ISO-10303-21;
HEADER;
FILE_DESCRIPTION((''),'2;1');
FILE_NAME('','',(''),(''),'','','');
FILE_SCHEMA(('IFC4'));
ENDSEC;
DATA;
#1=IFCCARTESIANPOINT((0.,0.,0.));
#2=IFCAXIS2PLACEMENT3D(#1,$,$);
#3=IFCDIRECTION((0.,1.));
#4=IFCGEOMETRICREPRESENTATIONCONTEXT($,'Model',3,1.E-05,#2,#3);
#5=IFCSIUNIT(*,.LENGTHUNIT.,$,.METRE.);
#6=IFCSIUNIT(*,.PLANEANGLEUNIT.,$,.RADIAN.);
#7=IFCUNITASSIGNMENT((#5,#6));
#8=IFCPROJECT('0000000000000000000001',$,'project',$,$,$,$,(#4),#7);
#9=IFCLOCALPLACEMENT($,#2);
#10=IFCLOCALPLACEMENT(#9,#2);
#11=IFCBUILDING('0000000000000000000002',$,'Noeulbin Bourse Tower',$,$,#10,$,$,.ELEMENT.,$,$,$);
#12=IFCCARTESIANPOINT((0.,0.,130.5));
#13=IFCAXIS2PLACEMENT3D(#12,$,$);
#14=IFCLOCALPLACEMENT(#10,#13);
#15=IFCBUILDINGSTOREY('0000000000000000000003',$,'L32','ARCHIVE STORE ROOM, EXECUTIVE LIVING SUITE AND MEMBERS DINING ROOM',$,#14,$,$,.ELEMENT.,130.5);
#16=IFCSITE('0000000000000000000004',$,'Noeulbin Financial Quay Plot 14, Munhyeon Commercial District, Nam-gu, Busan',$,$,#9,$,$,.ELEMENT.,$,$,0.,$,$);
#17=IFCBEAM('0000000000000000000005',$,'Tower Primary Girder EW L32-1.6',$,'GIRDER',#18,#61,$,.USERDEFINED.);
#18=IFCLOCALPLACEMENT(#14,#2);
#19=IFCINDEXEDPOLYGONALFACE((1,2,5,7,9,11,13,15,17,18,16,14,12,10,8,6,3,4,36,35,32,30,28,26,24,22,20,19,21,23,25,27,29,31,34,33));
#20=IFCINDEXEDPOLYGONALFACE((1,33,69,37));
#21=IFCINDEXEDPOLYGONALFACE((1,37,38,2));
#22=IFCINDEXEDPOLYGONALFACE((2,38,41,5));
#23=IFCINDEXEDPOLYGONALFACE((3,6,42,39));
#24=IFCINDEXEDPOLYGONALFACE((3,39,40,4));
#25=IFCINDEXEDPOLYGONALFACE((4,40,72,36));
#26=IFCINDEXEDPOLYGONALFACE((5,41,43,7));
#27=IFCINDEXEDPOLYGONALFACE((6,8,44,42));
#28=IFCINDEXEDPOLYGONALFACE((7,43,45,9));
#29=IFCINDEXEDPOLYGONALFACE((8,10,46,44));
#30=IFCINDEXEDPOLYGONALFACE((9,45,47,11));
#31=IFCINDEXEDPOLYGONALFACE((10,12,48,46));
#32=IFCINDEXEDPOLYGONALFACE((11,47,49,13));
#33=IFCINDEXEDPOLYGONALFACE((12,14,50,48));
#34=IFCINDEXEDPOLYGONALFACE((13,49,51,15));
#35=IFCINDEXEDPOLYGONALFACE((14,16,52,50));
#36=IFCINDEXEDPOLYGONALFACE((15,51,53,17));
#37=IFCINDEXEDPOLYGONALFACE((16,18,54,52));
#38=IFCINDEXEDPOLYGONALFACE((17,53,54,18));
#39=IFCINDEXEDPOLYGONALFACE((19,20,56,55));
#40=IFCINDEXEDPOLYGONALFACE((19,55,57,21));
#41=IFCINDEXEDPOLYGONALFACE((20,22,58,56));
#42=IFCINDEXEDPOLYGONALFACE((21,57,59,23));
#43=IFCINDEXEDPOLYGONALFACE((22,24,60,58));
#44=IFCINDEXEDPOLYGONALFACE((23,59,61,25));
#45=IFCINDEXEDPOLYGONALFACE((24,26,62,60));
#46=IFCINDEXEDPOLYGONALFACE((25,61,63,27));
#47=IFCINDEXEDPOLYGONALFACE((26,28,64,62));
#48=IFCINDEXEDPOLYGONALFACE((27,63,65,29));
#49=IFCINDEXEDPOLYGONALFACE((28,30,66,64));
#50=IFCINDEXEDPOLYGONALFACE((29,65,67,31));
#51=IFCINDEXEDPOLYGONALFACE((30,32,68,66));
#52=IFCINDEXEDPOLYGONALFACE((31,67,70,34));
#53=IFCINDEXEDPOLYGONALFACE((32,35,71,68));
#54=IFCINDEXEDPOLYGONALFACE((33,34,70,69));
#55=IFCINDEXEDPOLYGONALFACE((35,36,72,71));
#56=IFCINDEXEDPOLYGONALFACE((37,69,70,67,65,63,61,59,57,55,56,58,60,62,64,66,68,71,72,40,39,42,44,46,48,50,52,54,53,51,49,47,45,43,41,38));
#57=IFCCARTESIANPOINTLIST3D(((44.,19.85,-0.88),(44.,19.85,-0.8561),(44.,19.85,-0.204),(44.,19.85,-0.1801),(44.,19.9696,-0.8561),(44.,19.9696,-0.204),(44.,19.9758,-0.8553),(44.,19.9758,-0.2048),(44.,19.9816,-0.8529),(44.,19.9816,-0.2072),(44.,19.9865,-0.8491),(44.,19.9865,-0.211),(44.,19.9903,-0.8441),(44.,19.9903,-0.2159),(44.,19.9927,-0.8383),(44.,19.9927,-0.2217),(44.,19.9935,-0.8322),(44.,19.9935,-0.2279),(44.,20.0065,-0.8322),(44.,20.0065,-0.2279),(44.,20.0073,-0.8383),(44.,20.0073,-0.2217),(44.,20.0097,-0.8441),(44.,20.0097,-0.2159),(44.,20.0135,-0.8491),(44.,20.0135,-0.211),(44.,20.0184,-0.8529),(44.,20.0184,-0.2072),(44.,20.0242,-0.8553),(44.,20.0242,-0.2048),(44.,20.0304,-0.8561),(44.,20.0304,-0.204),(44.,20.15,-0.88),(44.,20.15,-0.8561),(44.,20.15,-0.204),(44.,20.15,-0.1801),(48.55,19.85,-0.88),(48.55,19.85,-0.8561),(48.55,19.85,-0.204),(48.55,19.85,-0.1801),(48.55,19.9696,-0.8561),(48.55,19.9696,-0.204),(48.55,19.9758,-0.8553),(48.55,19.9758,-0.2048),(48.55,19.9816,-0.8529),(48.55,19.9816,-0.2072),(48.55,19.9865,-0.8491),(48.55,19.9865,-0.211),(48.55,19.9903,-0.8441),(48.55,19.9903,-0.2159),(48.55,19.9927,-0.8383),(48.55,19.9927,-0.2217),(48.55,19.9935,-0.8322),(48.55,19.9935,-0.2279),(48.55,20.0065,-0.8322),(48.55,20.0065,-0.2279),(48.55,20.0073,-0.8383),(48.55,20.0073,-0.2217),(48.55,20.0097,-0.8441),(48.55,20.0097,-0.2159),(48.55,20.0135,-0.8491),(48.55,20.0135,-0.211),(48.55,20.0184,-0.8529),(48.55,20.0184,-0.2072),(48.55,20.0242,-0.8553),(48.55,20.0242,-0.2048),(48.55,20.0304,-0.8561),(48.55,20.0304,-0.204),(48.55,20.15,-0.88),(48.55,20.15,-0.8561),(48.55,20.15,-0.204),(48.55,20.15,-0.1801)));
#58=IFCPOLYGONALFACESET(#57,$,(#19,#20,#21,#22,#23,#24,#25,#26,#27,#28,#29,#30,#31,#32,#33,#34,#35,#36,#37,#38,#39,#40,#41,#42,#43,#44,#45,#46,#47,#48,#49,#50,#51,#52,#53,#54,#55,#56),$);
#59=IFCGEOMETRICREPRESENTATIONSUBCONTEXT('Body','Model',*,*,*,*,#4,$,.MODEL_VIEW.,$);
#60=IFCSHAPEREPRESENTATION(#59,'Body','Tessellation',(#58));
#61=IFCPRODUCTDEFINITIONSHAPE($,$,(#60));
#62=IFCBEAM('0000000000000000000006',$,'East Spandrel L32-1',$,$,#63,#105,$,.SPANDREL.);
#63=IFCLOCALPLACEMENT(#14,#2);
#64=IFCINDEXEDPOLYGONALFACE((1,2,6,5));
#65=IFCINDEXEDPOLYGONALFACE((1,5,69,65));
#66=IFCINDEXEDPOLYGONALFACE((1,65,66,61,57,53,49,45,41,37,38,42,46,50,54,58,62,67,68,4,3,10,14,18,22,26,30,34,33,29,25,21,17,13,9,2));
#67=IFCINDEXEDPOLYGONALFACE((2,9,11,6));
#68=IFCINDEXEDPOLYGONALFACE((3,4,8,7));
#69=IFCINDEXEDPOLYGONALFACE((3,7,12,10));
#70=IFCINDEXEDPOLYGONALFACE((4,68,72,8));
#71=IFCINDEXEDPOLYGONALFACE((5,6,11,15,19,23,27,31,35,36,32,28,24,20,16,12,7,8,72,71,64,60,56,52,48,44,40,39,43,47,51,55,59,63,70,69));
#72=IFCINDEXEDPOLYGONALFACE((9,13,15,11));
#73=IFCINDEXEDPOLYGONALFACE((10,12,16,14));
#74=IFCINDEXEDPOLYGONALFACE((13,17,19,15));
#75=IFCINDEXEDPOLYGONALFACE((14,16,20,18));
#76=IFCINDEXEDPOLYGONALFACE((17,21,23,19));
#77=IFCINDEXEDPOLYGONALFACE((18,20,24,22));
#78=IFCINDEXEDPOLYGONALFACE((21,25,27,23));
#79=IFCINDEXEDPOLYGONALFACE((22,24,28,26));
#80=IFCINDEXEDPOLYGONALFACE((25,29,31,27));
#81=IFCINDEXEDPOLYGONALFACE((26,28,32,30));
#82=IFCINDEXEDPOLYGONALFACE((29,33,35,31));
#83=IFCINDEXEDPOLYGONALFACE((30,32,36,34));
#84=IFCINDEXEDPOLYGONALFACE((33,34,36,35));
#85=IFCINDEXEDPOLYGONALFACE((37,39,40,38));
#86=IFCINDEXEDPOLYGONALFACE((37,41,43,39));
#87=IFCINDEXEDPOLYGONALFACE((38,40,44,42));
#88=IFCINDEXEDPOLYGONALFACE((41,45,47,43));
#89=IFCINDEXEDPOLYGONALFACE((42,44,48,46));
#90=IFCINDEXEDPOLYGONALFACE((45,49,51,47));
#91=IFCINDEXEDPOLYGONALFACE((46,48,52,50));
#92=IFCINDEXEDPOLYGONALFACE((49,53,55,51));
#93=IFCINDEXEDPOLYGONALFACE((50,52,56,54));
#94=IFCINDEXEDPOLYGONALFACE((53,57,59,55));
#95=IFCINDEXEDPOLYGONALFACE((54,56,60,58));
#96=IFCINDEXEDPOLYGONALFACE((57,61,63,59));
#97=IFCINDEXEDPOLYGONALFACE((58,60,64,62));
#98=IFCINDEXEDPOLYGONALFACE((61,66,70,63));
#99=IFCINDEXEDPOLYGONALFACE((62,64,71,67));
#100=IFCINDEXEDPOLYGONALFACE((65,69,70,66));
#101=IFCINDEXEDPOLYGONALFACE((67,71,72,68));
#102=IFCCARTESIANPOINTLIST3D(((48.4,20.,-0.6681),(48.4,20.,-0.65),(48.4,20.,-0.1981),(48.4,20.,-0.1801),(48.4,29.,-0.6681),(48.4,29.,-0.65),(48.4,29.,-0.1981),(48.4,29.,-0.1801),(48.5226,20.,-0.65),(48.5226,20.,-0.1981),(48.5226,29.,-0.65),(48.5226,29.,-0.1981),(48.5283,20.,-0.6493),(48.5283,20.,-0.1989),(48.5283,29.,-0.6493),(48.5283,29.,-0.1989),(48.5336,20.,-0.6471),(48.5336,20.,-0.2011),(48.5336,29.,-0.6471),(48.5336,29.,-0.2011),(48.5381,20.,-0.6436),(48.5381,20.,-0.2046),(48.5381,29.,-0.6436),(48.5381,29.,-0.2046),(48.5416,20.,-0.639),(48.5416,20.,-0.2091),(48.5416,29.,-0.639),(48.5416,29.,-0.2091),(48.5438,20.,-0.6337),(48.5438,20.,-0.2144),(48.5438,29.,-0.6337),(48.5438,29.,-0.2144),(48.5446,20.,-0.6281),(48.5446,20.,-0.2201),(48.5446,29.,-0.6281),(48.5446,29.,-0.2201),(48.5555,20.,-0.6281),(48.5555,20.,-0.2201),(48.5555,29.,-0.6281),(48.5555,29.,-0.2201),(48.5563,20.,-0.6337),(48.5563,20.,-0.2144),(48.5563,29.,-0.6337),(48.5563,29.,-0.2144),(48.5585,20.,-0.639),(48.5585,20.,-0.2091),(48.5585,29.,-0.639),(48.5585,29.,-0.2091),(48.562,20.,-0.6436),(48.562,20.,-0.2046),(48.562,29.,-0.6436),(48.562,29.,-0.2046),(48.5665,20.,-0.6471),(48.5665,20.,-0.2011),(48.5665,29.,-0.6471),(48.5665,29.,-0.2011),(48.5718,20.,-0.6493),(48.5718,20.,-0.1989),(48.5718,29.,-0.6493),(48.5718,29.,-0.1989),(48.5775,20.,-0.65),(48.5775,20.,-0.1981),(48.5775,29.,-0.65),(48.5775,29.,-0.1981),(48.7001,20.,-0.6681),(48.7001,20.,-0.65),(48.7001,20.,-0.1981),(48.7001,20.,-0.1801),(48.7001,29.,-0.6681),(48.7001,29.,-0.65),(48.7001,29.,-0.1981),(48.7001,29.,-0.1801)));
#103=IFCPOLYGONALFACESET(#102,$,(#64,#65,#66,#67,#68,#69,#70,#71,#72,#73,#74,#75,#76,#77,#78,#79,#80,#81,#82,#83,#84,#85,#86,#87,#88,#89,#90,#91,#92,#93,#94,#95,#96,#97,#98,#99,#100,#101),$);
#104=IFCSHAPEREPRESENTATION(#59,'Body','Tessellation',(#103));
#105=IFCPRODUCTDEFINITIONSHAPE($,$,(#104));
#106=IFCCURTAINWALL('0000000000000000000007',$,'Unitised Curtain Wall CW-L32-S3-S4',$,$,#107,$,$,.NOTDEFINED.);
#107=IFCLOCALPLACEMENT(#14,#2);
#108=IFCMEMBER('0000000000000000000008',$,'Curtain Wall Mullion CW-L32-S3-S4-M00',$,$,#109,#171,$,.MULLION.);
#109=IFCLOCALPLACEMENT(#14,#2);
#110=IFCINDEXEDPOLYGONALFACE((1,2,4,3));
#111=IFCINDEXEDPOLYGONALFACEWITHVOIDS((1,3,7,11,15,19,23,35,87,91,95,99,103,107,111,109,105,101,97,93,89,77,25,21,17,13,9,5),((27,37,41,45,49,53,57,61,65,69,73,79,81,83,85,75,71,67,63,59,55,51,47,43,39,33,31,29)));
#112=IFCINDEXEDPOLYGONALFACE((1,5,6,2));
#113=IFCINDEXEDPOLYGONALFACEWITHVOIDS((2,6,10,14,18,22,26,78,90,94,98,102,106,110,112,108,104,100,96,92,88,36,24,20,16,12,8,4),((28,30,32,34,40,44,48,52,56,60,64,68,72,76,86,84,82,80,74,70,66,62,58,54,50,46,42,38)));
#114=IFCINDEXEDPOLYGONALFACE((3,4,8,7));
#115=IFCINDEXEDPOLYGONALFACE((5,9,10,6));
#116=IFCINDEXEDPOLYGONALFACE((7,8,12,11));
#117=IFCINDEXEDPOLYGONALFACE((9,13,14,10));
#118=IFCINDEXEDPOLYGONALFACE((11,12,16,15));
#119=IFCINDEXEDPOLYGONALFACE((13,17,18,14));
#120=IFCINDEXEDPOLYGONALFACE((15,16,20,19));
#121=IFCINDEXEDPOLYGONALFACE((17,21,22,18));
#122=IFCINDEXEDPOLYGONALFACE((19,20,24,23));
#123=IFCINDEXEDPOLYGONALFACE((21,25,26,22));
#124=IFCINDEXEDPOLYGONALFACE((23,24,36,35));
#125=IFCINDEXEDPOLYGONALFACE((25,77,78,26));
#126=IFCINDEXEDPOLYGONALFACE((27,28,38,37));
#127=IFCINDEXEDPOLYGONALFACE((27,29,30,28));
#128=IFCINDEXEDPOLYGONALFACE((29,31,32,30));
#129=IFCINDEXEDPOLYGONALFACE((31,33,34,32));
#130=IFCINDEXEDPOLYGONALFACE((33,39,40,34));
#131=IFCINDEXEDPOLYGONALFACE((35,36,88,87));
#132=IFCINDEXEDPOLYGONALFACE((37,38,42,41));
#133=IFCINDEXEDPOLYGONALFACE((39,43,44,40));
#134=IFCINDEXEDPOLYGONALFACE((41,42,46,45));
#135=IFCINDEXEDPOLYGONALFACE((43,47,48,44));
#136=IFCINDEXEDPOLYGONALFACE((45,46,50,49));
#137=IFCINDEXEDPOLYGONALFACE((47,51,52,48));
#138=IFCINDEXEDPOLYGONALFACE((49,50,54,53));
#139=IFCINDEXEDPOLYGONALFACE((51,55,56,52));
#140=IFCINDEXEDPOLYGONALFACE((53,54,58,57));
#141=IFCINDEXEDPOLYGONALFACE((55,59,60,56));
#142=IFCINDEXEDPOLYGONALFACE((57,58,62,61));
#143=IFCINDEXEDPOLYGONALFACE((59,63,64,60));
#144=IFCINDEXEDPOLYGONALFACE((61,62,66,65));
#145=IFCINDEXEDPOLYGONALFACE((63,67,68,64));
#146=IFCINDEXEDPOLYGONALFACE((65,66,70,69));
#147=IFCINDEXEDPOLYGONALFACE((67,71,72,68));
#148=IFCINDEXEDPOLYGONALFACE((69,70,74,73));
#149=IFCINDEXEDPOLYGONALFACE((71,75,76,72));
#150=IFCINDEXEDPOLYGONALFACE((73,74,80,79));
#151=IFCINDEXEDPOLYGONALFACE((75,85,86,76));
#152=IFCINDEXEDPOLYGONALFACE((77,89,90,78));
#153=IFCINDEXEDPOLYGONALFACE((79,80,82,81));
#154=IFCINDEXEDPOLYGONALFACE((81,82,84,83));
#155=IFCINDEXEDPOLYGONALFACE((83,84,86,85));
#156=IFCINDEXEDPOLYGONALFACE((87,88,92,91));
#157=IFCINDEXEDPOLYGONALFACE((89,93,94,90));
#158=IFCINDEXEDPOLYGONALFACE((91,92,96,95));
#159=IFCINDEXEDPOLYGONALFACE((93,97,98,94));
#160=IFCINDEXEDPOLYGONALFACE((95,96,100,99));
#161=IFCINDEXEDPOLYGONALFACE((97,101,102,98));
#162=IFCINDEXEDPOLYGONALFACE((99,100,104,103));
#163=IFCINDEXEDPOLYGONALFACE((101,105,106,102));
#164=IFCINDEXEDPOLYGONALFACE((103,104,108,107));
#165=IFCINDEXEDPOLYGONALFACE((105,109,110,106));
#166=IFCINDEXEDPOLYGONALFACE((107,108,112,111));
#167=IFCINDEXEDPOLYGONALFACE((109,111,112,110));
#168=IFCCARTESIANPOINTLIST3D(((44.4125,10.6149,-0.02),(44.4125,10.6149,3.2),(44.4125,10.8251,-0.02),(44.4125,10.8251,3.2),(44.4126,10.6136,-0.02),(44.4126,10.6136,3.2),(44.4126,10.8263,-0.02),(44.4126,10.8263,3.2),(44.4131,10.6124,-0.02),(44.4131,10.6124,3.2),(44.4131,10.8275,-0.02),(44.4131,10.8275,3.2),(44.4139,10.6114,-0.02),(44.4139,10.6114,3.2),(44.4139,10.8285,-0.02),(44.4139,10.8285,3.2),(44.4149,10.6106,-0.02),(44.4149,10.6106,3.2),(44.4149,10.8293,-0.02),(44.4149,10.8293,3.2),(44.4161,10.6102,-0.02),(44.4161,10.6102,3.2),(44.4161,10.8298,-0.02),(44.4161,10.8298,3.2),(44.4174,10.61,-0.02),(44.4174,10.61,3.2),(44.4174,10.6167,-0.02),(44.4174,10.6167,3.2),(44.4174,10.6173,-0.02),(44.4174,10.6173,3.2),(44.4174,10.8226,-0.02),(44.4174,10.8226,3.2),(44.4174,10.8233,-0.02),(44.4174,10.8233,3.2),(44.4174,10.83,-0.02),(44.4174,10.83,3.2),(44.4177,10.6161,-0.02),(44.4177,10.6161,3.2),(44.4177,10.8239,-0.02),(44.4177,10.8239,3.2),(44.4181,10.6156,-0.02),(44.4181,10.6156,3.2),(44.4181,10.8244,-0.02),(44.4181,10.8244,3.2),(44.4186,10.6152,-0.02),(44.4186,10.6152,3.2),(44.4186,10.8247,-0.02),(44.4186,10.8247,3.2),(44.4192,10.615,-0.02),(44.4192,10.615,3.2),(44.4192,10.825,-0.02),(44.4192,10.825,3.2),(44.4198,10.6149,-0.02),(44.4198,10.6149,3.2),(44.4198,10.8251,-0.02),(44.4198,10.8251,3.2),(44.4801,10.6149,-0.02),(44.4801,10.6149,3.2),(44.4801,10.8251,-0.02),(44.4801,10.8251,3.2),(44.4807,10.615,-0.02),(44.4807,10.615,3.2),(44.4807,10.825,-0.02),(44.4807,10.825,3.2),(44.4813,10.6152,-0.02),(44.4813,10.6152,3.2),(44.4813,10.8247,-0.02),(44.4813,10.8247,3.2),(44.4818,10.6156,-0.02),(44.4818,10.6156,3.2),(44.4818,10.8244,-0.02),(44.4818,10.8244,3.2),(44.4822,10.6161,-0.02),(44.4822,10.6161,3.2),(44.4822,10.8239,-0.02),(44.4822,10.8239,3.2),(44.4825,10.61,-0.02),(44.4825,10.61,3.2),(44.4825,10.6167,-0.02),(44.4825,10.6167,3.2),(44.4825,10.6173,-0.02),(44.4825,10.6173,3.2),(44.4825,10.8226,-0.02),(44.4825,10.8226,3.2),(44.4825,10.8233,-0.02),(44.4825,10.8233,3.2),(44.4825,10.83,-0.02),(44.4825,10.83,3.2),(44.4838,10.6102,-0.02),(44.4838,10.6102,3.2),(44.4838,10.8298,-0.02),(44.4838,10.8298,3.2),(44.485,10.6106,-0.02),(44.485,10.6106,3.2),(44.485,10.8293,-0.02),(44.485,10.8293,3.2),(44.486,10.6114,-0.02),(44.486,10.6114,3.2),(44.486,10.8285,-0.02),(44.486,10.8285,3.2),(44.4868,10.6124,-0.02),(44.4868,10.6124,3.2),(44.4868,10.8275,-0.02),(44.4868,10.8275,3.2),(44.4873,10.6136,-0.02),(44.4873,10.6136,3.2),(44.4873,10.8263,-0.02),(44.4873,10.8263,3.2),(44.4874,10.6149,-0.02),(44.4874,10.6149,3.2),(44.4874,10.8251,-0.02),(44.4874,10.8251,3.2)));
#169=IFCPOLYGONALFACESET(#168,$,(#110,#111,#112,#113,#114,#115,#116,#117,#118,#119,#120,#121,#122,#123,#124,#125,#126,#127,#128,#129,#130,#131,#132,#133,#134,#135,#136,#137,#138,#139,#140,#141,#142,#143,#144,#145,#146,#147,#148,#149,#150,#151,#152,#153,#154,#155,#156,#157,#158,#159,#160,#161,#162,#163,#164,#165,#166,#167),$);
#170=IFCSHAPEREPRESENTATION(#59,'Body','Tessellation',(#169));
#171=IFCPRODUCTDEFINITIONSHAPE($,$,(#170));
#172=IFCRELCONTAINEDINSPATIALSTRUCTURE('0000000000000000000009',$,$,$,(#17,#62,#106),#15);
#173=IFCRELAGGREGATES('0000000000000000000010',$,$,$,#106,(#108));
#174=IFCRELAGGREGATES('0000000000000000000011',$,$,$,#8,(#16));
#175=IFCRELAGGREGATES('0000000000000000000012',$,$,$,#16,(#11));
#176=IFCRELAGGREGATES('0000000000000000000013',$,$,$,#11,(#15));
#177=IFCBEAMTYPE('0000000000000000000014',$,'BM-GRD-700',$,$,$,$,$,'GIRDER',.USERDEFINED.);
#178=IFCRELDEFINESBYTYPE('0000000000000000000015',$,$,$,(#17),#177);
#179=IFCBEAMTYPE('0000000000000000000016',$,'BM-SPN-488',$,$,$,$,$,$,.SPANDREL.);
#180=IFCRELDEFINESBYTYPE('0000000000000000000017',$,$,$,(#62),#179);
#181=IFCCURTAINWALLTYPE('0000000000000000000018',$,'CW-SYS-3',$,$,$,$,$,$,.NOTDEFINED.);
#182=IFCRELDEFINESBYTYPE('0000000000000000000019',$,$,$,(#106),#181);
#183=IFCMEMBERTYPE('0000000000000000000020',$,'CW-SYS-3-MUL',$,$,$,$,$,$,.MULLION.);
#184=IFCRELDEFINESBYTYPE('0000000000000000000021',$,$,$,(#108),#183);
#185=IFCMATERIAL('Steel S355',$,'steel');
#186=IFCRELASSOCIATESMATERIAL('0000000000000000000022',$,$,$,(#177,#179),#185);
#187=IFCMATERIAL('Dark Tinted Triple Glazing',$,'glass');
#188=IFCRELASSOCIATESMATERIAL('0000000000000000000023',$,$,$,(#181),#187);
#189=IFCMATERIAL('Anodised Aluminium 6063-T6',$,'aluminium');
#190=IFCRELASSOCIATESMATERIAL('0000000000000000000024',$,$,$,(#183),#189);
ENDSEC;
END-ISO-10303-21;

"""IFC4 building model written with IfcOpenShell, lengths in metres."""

from ifc_helpers import new_model, si_unit, direction, frame, origin, origin_2d, place, context, subcontext, project, spatial, hollow_rectangle, i_section, extrude, material, material_profile, profile_set, type_object, element, aggregate, save


model = new_model("IFC4")

# Units and contexts
model_context = context("Model", 3, precision=1e-05, world=origin(), true_north=direction((0.0, 1.0)))
body_context = subcontext(model_context, "Body", "Model", "MODEL_VIEW")
ifc_project = project(units=[si_unit("LENGTHUNIT", "METRE"), si_unit("PLANEANGLEUNIT", "RADIAN")], contexts=[model_context])

# Site, building, storey
site_placement = place(None, origin())
site = spatial("IfcSite", under=ifc_project, at=site_placement, Name="Noeulbin Financial Quay Plot 14, Munhyeon Commercial District, Nam-gu, Busan", CompositionType="ELEMENT", RefElevation=0.0)
building_placement = place(site_placement, origin())
building = spatial("IfcBuilding", under=site, at=building_placement, Name="Noeulbin Bourse Tower", CompositionType="ELEMENT")
storey_placement = place(building_placement, frame((0.0, 0.0, 130.5)))
storey = spatial("IfcBuildingStorey", under=building, at=storey_placement, Name="L32", Description="ARCHIVE STORE ROOM, EXECUTIVE LIVING SUITE AND MEMBERS DINING ROOM", CompositionType="ELEMENT", Elevation=130.5)

# Shared definitions
ifc_material_1 = material(Name="Steel S355", Category="steel")

# Beams
ifc_material_profile_1 = material_profile(ifc_material_1, i_section(OverallWidth=0.3, OverallDepth=0.7, WebThickness=0.0129, FlangeThickness=0.0239, FilletRadius=0.0239, at=origin_2d()), Name="H-700x300x13x24", Category="LoadBearing")
ifc_profile_set_1 = profile_set([ifc_material_profile_1], Name="Steel S355")
beam_type_1 = type_object("IfcBeamType", Name="BM-GRD-700", ElementType="GIRDER", PredefinedType="USERDEFINED", material=ifc_profile_set_1)
beam_1_placement = place(storey_placement, frame((44.0, 20.0, -0.53), z_axis=(1.0, 0.0, 0.0), x_axis=(0.0, 1.0, 0.0)))
element("IfcBeam", 1, at=beam_1_placement, inside=storey, type_object=beam_type_1, Name="Tower Primary Girder EW L32-1.6", ObjectType="GIRDER", PredefinedType="USERDEFINED", context=body_context, shape_type="SweptSolid", body=[
    extrude(i_section(OverallWidth=0.3, OverallDepth=0.7, WebThickness=0.0129, FlangeThickness=0.0239, FilletRadius=0.0239, at=origin_2d()), origin(), (0.0, 0.0, 1.0), 4.55),
])
ifc_material_profile_2 = material_profile(ifc_material_1, i_section(OverallWidth=0.3, OverallDepth=0.488, WebThickness=0.011, FlangeThickness=0.0181, FilletRadius=0.022, at=origin_2d()), Name="H-488x300x11x18", Category="LoadBearing")
ifc_profile_set_2 = profile_set([ifc_material_profile_2], Name="Steel S355")
beam_type_2 = type_object("IfcBeamType", Name="BM-SPN-488", PredefinedType="SPANDREL", material=ifc_profile_set_2)
beam_2_placement = place(storey_placement, frame((48.55, 20.0, -0.4241), z_axis=(0.0, 1.0, 0.0), x_axis=(-1.0, 0.0, 0.0)))
element("IfcBeam", 2, at=beam_2_placement, inside=storey, type_object=beam_type_2, Name="East Spandrel L32-1", PredefinedType="SPANDREL", context=body_context, shape_type="SweptSolid", body=[
    extrude(i_section(OverallWidth=0.3, OverallDepth=0.488, WebThickness=0.011, FlangeThickness=0.0181, FilletRadius=0.022, at=origin_2d()), origin(), (0.0, 0.0, 1.0), 9.0),
])

# Curtain wall, member
ifc_material_2 = material(Name="Dark Tinted Triple Glazing", Category="glass")
curtain_wall_type = type_object("IfcCurtainWallType", Name="CW-SYS-3", PredefinedType="NOTDEFINED", material=ifc_material_2)
curtain_wall_1_placement = place(storey_placement, origin())
curtain_wall_1 = element("IfcCurtainWall", 3, at=curtain_wall_1_placement, inside=storey, type_object=curtain_wall_type, Name="Unitised Curtain Wall CW-L32-S3-S4", PredefinedType="NOTDEFINED")
ifc_material_3 = material(Name="Anodised Aluminium 6063-T6", Category="aluminium")
ifc_material_profile_3 = material_profile(ifc_material_3, hollow_rectangle(XDim=0.075, YDim=0.22, WallThickness=0.0049, InnerFilletRadius=0.0024, OuterFilletRadius=0.0049, at=origin_2d()), Name="ALU-MULL-75x220x5", Category="LoadBearing")
ifc_profile_set_3 = profile_set([ifc_material_profile_3], Name="Anodised Aluminium 6063-T6")
member_type_1 = type_object("IfcMemberType", Name="CW-SYS-3-MUL", PredefinedType="MULLION", material=ifc_profile_set_3)
member_1_placement = place(storey_placement, frame((44.45, 10.72, -0.02), z_axis=(0.0, 0.0, 1.0), x_axis=(1.0, 0.0, 0.0)))
member_1 = element("IfcMember", 4, at=member_1_placement, type_object=member_type_1, Name="Curtain Wall Mullion CW-L32-S3-S4-M00", PredefinedType="MULLION", context=body_context, shape_type="SweptSolid", body=[
    extrude(hollow_rectangle(XDim=0.075, YDim=0.22, WallThickness=0.0049, InnerFilletRadius=0.0024, OuterFilletRadius=0.0049, at=origin_2d()), origin(), (0.0, 0.0, 1.0), 3.22),
])

aggregate(curtain_wall_1, [member_1])

save(model, "model.ifc")
